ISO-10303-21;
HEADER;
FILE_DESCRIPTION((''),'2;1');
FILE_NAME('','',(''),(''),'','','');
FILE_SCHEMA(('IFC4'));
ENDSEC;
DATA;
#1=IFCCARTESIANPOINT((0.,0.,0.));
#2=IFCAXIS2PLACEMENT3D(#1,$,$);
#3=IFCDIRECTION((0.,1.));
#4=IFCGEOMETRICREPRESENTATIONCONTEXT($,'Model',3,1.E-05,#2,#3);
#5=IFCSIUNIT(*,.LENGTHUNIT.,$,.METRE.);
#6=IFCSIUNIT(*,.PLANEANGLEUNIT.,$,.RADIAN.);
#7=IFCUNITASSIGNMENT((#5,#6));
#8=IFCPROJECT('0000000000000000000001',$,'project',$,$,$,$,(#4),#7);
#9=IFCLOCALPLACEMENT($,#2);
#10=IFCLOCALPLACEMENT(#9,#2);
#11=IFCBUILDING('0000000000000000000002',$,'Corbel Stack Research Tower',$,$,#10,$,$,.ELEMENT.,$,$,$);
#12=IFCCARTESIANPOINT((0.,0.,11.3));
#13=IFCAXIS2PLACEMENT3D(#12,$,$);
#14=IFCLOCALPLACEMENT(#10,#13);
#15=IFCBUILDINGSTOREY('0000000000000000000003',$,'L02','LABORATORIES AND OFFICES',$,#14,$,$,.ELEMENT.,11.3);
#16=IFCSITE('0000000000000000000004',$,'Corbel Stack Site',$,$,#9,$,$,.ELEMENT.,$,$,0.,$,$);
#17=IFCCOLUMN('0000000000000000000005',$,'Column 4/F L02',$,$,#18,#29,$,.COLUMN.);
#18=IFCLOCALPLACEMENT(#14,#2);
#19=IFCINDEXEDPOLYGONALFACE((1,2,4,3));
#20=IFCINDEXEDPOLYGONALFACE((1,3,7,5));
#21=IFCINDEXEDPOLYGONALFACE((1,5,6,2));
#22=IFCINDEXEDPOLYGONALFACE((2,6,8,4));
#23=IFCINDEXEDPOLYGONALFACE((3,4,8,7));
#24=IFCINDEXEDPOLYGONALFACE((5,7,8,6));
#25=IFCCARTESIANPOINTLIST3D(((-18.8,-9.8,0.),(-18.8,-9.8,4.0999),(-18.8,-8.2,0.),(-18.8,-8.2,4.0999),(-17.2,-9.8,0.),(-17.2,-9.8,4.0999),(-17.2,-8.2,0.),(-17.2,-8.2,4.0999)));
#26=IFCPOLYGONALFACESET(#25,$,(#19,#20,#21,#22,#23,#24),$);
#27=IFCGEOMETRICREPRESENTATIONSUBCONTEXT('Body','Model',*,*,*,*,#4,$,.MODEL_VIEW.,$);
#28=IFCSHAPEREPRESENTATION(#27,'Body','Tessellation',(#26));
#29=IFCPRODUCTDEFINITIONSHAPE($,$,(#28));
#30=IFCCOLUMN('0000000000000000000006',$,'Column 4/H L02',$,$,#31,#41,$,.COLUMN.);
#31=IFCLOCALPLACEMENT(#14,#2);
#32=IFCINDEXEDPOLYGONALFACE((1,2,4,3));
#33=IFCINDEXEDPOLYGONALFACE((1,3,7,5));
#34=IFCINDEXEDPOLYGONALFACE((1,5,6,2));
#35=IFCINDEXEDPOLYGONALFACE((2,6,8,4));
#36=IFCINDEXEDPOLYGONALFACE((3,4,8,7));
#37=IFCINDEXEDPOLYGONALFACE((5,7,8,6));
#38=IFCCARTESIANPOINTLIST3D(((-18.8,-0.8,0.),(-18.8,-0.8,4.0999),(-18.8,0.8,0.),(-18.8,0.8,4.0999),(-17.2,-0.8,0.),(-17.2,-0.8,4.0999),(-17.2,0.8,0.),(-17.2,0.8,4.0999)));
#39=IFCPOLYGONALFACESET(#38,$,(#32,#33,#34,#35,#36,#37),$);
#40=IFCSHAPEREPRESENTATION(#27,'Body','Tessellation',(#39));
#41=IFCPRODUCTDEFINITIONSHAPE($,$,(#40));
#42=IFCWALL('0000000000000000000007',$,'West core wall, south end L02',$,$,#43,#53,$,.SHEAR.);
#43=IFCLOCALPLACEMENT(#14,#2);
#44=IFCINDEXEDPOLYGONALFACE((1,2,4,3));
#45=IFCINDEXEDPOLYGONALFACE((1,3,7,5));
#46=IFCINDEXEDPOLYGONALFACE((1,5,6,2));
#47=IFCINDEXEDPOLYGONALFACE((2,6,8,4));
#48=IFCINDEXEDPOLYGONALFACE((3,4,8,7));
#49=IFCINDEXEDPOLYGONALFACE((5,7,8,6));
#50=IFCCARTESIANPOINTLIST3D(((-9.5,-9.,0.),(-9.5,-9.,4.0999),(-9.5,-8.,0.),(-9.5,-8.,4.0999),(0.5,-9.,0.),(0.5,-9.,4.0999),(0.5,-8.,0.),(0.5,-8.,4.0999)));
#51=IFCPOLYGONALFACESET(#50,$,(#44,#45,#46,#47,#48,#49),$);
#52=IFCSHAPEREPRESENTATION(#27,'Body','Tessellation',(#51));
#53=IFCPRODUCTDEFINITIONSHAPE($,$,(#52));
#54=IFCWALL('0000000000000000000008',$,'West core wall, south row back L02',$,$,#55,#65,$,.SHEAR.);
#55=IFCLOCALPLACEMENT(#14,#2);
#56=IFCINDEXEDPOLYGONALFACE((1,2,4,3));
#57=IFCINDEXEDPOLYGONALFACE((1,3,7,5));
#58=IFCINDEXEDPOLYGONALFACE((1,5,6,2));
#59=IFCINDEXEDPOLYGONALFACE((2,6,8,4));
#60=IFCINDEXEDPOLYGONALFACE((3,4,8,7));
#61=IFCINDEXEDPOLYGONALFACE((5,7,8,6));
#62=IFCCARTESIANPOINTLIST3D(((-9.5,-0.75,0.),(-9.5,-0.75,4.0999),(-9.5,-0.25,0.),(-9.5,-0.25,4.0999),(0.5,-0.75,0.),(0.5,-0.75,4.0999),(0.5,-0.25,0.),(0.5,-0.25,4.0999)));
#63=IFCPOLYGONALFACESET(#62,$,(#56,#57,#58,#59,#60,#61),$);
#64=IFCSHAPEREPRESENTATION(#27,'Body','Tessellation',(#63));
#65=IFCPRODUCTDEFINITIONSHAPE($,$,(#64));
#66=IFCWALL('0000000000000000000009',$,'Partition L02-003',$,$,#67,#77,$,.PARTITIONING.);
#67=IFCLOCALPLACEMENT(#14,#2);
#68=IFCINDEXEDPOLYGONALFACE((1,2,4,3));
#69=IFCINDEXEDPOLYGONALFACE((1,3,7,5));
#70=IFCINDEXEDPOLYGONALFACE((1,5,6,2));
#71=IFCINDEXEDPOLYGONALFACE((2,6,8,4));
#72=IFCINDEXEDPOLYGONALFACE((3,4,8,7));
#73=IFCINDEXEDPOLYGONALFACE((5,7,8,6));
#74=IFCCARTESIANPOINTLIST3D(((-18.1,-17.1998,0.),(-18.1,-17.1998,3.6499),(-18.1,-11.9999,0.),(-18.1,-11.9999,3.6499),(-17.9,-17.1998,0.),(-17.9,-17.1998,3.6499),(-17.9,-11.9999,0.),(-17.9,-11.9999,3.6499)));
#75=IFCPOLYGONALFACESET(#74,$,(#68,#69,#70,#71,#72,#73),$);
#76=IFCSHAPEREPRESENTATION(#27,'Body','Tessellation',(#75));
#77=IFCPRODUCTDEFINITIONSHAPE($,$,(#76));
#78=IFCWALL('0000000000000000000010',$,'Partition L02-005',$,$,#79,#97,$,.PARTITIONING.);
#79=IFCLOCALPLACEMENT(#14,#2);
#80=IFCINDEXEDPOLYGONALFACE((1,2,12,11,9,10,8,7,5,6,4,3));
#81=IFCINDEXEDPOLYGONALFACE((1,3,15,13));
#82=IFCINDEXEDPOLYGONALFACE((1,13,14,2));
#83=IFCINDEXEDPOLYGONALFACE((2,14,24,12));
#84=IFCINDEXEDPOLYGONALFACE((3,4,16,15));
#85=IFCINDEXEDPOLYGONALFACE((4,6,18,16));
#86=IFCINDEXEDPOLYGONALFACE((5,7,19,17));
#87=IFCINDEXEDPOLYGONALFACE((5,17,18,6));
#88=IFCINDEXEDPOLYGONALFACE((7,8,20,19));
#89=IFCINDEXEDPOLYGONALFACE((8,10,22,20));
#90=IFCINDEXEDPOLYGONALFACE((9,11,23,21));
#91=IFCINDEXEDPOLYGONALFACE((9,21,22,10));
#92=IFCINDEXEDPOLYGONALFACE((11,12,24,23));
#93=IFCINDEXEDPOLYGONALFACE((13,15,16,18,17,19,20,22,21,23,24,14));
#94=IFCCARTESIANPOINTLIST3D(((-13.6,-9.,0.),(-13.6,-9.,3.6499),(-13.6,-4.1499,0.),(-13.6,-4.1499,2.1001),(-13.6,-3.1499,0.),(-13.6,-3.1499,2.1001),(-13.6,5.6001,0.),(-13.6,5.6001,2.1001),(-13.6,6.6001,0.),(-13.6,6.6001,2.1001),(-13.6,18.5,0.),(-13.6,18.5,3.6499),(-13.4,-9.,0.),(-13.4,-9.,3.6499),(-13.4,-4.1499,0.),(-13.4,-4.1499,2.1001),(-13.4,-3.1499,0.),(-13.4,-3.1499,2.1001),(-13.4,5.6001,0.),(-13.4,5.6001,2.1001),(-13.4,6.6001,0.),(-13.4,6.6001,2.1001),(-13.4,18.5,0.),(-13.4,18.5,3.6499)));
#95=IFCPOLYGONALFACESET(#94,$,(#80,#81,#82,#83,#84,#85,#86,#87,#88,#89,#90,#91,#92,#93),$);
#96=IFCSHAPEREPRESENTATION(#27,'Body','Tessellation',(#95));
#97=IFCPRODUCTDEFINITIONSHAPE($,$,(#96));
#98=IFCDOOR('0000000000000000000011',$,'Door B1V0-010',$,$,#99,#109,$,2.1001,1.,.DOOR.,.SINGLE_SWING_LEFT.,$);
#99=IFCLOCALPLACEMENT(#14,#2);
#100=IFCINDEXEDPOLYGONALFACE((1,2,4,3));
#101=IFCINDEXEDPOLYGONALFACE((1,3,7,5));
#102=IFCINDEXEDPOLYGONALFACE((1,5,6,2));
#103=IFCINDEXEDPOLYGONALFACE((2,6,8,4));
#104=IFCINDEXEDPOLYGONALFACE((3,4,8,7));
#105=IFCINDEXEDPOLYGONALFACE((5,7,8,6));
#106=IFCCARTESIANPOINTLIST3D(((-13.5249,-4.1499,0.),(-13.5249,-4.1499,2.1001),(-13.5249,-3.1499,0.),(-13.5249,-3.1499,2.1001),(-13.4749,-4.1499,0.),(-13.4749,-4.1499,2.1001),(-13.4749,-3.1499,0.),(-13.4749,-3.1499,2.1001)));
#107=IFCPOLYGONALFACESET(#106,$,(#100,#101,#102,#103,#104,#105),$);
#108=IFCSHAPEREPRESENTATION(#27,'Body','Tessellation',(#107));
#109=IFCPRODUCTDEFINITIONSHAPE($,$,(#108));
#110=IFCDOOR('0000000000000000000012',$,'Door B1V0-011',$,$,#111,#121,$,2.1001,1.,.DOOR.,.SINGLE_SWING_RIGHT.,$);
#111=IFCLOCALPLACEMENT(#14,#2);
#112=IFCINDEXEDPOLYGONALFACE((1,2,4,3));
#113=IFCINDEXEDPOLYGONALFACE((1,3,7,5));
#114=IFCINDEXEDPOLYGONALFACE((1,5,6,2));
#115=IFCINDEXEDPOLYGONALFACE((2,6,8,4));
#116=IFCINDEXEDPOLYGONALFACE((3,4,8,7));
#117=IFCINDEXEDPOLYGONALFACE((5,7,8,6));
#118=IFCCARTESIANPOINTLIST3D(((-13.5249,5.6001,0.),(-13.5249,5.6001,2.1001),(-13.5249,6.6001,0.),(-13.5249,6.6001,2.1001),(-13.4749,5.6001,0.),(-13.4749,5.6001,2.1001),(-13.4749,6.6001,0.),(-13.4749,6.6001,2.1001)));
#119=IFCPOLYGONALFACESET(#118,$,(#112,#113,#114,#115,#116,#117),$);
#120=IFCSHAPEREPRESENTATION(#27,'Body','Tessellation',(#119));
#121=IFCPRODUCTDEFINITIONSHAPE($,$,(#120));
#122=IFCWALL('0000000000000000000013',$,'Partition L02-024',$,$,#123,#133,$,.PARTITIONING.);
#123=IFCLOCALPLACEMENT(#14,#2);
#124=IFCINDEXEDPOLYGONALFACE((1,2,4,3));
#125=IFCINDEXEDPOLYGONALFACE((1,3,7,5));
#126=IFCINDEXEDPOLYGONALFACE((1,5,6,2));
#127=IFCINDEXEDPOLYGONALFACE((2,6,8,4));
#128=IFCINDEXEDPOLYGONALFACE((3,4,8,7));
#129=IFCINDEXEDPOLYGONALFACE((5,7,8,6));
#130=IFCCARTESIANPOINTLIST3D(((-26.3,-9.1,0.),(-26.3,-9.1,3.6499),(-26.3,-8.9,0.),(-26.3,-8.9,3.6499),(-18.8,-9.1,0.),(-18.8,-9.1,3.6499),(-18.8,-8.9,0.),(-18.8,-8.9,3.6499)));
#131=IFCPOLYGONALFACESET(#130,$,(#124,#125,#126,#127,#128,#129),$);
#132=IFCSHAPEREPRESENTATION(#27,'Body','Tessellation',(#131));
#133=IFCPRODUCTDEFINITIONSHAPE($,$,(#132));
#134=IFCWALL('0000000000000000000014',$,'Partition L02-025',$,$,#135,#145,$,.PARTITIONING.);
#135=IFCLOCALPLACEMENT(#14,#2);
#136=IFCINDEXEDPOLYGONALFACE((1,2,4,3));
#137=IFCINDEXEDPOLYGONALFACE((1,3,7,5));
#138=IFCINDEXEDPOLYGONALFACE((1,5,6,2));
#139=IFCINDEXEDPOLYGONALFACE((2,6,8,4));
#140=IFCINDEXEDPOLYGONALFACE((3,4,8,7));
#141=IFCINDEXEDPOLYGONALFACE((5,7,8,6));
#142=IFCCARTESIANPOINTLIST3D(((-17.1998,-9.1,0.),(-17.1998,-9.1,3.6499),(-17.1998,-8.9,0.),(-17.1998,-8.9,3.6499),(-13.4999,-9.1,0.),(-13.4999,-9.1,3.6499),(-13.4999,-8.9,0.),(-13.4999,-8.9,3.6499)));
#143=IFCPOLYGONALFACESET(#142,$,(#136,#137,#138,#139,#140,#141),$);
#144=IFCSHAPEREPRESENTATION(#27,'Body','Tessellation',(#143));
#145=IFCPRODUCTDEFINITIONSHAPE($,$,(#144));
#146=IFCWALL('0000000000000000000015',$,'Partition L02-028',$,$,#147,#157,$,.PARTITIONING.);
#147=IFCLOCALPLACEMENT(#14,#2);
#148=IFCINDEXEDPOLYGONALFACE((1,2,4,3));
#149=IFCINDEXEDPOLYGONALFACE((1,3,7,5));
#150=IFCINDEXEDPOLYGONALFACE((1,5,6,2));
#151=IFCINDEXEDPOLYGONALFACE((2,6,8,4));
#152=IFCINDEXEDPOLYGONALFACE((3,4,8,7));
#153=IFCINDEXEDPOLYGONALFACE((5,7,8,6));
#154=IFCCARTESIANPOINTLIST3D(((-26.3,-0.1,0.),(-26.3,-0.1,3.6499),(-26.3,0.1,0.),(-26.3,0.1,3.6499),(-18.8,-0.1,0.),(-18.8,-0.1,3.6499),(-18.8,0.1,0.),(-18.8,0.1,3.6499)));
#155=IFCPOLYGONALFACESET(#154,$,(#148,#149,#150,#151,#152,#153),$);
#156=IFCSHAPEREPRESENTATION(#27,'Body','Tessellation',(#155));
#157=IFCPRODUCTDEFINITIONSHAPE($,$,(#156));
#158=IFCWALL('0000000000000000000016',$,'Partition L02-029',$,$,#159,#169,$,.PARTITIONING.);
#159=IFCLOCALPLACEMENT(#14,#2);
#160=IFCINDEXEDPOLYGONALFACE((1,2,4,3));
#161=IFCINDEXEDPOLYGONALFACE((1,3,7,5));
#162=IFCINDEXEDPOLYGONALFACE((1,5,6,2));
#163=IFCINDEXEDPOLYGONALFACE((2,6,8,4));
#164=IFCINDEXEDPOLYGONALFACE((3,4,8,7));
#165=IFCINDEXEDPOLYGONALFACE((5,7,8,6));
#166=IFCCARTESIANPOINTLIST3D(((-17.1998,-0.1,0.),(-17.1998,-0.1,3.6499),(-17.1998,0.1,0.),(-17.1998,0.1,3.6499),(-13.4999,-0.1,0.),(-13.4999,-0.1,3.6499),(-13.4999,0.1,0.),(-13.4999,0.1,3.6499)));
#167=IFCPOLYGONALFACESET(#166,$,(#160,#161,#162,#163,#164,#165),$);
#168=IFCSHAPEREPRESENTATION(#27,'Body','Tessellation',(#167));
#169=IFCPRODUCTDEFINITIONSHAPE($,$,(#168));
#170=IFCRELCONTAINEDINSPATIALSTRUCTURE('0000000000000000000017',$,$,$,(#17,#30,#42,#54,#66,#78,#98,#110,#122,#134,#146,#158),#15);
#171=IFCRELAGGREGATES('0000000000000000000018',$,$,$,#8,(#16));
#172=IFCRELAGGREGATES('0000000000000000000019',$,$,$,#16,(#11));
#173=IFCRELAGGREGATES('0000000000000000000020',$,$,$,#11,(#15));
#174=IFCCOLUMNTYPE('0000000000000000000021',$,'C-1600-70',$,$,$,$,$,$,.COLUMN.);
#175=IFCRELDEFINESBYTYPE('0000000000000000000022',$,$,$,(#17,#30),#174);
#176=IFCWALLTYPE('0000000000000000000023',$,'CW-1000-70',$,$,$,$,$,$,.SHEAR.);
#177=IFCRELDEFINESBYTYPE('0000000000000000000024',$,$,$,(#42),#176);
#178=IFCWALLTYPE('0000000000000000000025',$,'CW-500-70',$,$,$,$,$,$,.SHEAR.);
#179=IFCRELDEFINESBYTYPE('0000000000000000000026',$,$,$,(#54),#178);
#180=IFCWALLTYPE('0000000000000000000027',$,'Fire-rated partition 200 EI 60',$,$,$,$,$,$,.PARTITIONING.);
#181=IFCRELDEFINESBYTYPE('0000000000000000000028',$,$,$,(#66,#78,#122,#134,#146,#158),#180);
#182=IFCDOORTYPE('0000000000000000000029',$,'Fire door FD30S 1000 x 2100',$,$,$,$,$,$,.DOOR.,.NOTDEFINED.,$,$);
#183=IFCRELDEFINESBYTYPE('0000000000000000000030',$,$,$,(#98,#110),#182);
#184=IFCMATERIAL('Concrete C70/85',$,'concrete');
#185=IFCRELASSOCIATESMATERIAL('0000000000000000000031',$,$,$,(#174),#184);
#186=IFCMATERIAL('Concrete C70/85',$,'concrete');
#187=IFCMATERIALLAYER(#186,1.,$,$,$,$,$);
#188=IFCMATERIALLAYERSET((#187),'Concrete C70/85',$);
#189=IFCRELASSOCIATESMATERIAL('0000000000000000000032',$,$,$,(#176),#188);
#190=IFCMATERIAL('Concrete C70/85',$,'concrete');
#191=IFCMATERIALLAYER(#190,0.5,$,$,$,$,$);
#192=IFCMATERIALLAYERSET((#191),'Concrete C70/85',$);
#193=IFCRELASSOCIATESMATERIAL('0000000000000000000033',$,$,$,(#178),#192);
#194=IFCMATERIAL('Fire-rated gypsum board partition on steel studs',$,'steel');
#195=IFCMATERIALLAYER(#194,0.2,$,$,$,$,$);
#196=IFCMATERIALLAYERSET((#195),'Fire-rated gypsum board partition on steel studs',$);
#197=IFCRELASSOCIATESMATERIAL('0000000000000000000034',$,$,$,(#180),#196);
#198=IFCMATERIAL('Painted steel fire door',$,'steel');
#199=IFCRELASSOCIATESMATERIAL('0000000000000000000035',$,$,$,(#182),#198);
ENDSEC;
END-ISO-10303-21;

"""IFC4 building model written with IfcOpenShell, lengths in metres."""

from ifc_helpers import new_model, si_unit, direction, frame, frame_2d, origin, origin_2d, place, context, subcontext, project, spatial, rectangle, extrude, material, layer, layer_set, material_profile, profile_set, type_object, element, fill, save


model = new_model("IFC4")

# Units and contexts
model_context = context("Model", 3, precision=1e-05, world=origin(), true_north=direction((0.0, 1.0)))
body_context = subcontext(model_context, "Body", "Model", "MODEL_VIEW")
ifc_project = project(units=[si_unit("LENGTHUNIT", "METRE"), si_unit("PLANEANGLEUNIT", "RADIAN")], contexts=[model_context])

# Site, building, storey
site_placement = place(None, origin())
site = spatial("IfcSite", under=ifc_project, at=site_placement, Name="Corbel Stack Site", CompositionType="ELEMENT", RefElevation=0.0)
building_placement = place(site_placement, origin())
building = spatial("IfcBuilding", under=site, at=building_placement, Name="Corbel Stack Research Tower", CompositionType="ELEMENT")
storey_placement = place(building_placement, frame((0.0, 0.0, 11.3)))
storey = spatial("IfcBuildingStorey", under=building, at=storey_placement, Name="L02", Description="LABORATORIES AND OFFICES", CompositionType="ELEMENT", Elevation=11.3)

# Columns
ifc_material_1 = material(Name="Concrete C70/85", Category="concrete")
ifc_material_profile = material_profile(ifc_material_1, rectangle(XDim=1.6001, YDim=1.6001, at=origin_2d()), Name="RC 1600 x 1600")
ifc_profile_set = profile_set([ifc_material_profile], Name="Concrete C70/85")
column_type = type_object("IfcColumnType", Name="C-1600-70", PredefinedType="COLUMN", material=ifc_profile_set)
for number, where, z_axis, x_axis, name in (
    (1, (-18.0, -9.0, 0.0), (0.0, 0.0, 1.0), (1.0, 0.0, 0.0), "Column 4/F L02"),
    (2, (-18.0, 0.0, 0.0), (0.0, 0.0, 1.0), (1.0, 0.0, 0.0), "Column 4/H L02"),
):
    element("IfcColumn", number, at=place(storey_placement, frame(where, z_axis=z_axis, x_axis=x_axis)), inside=storey, type_object=column_type, Name=name, PredefinedType="COLUMN", context=body_context, shape_type="SweptSolid", body=[
        extrude(rectangle(XDim=1.6001, YDim=1.6001, at=origin_2d()), origin(), (0.0, 0.0, 1.0), 4.0999),
    ])

# Shared definitions
ifc_material_2 = material(Name="Concrete C70/85", Category="concrete")
ifc_layer_1 = layer(ifc_material_2, 1.0)
ifc_layer_set_1 = layer_set([ifc_layer_1], Name="Concrete C70/85")
wall_type_1 = type_object("IfcWallType", Name="CW-1000-70", PredefinedType="SHEAR", material=ifc_layer_set_1)

# Walls
wall_1_placement = place(storey_placement, frame((-9.5, -8.5, 0.0), z_axis=(0.0, 0.0, 1.0), x_axis=(1.0, 0.0, 0.0)))
element("IfcWall", 3, at=wall_1_placement, inside=storey, type_object=wall_type_1, Name="West core wall, south end L02", PredefinedType="SHEAR", context=body_context, shape_type="SweptSolid", body=[
    extrude(rectangle(XDim=10.0, YDim=1.0, at=frame_2d((5.0, 0.0))), origin(), (0.0, 0.0, 1.0), 4.0999),
])
ifc_material_3 = material(Name="Concrete C70/85", Category="concrete")
ifc_layer_2 = layer(ifc_material_3, 0.5)
ifc_layer_set_2 = layer_set([ifc_layer_2], Name="Concrete C70/85")
wall_type_2 = type_object("IfcWallType", Name="CW-500-70", PredefinedType="SHEAR", material=ifc_layer_set_2)
wall_2_placement = place(storey_placement, frame((-9.5, -0.5, 0.0), z_axis=(0.0, 0.0, 1.0), x_axis=(1.0, 0.0, 0.0)))
element("IfcWall", 4, at=wall_2_placement, inside=storey, type_object=wall_type_2, Name="West core wall, south row back L02", PredefinedType="SHEAR", context=body_context, shape_type="SweptSolid", body=[
    extrude(rectangle(XDim=10.0, YDim=0.5, at=frame_2d((5.0, 0.0))), origin(), (0.0, 0.0, 1.0), 4.0999),
])
ifc_material_4 = material(Name="Fire-rated gypsum board partition on steel studs", Category="steel")
ifc_layer_3 = layer(ifc_material_4, 0.2)
ifc_layer_set_3 = layer_set([ifc_layer_3], Name="Fire-rated gypsum board partition on steel studs")
wall_type_3 = type_object("IfcWallType", Name="Fire-rated partition 200 EI 60", PredefinedType="PARTITIONING", material=ifc_layer_set_3)
wall_3_placement = place(storey_placement, frame((-18.0, -17.2, 0.0), z_axis=(0.0, 0.0, 1.0), x_axis=(0.0, 1.0, 0.0)))
element("IfcWall", 5, at=wall_3_placement, inside=storey, type_object=wall_type_3, Name="Partition L02-003", PredefinedType="PARTITIONING", context=body_context, shape_type="SweptSolid", body=[
    extrude(rectangle(XDim=5.2, YDim=0.2, at=frame_2d((2.6001, 0.0))), origin(), (0.0, 0.0, 1.0), 3.6499),
])

# Wall, openings, doors
wall_4_placement = place(storey_placement, frame((-13.5, -9.0, 0.0), z_axis=(0.0, 0.0, 1.0), x_axis=(0.0, 1.0, 0.0)))
wall_4 = element("IfcWall", 6, at=wall_4_placement, inside=storey, type_object=wall_type_3, Name="Partition L02-005", PredefinedType="PARTITIONING", context=body_context, shape_type="SweptSolid", body=[
    extrude(rectangle(XDim=27.5, YDim=0.2, at=frame_2d((13.75, 0.0))), origin(), (0.0, 0.0, 1.0), 3.6499),
])
opening_1_placement = place(wall_4_placement, frame((4.8501, 0.0, 0.0)))
opening_1 = element("IfcOpeningElement", 7, at=opening_1_placement, cuts=wall_4, PredefinedType="OPENING", context=body_context, shape_type="SweptSolid", body=[
    extrude(rectangle(XDim=1.0, YDim=2.1001, at=frame_2d((0.5, 1.05))), frame((0.0, 0.1099, 0.0), z_axis=(0.0, -1.0, 0.0), x_axis=(1.0, 0.0, 0.0)), (0.0, 0.0, 1.0), 0.22),
])
opening_2_placement = place(wall_4_placement, frame((14.6001, 0.0, 0.0)))
opening_2 = element("IfcOpeningElement", 8, at=opening_2_placement, cuts=wall_4, PredefinedType="OPENING", context=body_context, shape_type="SweptSolid", body=[
    extrude(rectangle(XDim=1.0, YDim=2.1001, at=frame_2d((0.5, 1.05))), frame((0.0, 0.1099, 0.0), z_axis=(0.0, -1.0, 0.0), x_axis=(1.0, 0.0, 0.0)), (0.0, 0.0, 1.0), 0.22),
])
ifc_material_5 = material(Name="Painted steel fire door", Category="steel")
door_type_1 = type_object("IfcDoorType", Name="Fire door FD30S 1000 x 2100", OperationType="NOTDEFINED", PredefinedType="DOOR", material=ifc_material_5)
door_1_placement = place(opening_1_placement, origin())
door_1 = element("IfcDoor", 9, at=door_1_placement, inside=storey, type_object=door_type_1, Name="Door B1V0-010", OperationType="SINGLE_SWING_LEFT", OverallHeight=2.1001, OverallWidth=1.0, PredefinedType="DOOR", context=body_context, shape_type="SweptSolid", body=[
    extrude(rectangle(XDim=1.0, YDim=2.1001, at=frame_2d((0.5, 1.05))), frame((0.0, 0.0249, 0.0), z_axis=(0.0, -1.0, 0.0), x_axis=(1.0, 0.0, 0.0)), (0.0, 0.0, 1.0), 0.05),
])
fill(opening_1, door_1)
door_2_placement = place(opening_2_placement, origin())
door_2 = element("IfcDoor", 10, at=door_2_placement, inside=storey, type_object=door_type_1, Name="Door B1V0-011", OperationType="SINGLE_SWING_RIGHT", OverallHeight=2.1001, OverallWidth=1.0, PredefinedType="DOOR", context=body_context, shape_type="SweptSolid", body=[
    extrude(rectangle(XDim=1.0, YDim=2.1001, at=frame_2d((0.5, 1.05))), frame((0.0, 0.0249, 0.0), z_axis=(0.0, -1.0, 0.0), x_axis=(1.0, 0.0, 0.0)), (0.0, 0.0, 1.0), 0.05),
])
fill(opening_2, door_2)

# Walls
wall_5_placement = place(storey_placement, frame((-26.3, -9.0, 0.0), z_axis=(0.0, 0.0, 1.0), x_axis=(1.0, 0.0, 0.0)))
element("IfcWall", 11, at=wall_5_placement, inside=storey, type_object=wall_type_3, Name="Partition L02-024", PredefinedType="PARTITIONING", context=body_context, shape_type="SweptSolid", body=[
    extrude(rectangle(XDim=7.5, YDim=0.2, at=frame_2d((3.75, 0.0))), origin(), (0.0, 0.0, 1.0), 3.6499),
])
wall_6_placement = place(storey_placement, frame((-17.2, -9.0, 0.0), z_axis=(0.0, 0.0, 1.0), x_axis=(1.0, 0.0, 0.0)))
element("IfcWall", 12, at=wall_6_placement, inside=storey, type_object=wall_type_3, Name="Partition L02-025", PredefinedType="PARTITIONING", context=body_context, shape_type="SweptSolid", body=[
    extrude(rectangle(XDim=3.7, YDim=0.2, at=frame_2d((1.8501, 0.0))), origin(), (0.0, 0.0, 1.0), 3.6499),
])
wall_7_placement = place(storey_placement, frame((-26.3, 0.0, 0.0), z_axis=(0.0, 0.0, 1.0), x_axis=(1.0, 0.0, 0.0)))
element("IfcWall", 13, at=wall_7_placement, inside=storey, type_object=wall_type_3, Name="Partition L02-028", PredefinedType="PARTITIONING", context=body_context, shape_type="SweptSolid", body=[
    extrude(rectangle(XDim=7.5, YDim=0.2, at=frame_2d((3.75, 0.0))), origin(), (0.0, 0.0, 1.0), 3.6499),
])
wall_8_placement = place(storey_placement, frame((-17.2, 0.0, 0.0), z_axis=(0.0, 0.0, 1.0), x_axis=(1.0, 0.0, 0.0)))
element("IfcWall", 14, at=wall_8_placement, inside=storey, type_object=wall_type_3, Name="Partition L02-029", PredefinedType="PARTITIONING", context=body_context, shape_type="SweptSolid", body=[
    extrude(rectangle(XDim=3.7, YDim=0.2, at=frame_2d((1.8501, 0.0))), origin(), (0.0, 0.0, 1.0), 3.6499),
])

save(model, "model.ifc")
